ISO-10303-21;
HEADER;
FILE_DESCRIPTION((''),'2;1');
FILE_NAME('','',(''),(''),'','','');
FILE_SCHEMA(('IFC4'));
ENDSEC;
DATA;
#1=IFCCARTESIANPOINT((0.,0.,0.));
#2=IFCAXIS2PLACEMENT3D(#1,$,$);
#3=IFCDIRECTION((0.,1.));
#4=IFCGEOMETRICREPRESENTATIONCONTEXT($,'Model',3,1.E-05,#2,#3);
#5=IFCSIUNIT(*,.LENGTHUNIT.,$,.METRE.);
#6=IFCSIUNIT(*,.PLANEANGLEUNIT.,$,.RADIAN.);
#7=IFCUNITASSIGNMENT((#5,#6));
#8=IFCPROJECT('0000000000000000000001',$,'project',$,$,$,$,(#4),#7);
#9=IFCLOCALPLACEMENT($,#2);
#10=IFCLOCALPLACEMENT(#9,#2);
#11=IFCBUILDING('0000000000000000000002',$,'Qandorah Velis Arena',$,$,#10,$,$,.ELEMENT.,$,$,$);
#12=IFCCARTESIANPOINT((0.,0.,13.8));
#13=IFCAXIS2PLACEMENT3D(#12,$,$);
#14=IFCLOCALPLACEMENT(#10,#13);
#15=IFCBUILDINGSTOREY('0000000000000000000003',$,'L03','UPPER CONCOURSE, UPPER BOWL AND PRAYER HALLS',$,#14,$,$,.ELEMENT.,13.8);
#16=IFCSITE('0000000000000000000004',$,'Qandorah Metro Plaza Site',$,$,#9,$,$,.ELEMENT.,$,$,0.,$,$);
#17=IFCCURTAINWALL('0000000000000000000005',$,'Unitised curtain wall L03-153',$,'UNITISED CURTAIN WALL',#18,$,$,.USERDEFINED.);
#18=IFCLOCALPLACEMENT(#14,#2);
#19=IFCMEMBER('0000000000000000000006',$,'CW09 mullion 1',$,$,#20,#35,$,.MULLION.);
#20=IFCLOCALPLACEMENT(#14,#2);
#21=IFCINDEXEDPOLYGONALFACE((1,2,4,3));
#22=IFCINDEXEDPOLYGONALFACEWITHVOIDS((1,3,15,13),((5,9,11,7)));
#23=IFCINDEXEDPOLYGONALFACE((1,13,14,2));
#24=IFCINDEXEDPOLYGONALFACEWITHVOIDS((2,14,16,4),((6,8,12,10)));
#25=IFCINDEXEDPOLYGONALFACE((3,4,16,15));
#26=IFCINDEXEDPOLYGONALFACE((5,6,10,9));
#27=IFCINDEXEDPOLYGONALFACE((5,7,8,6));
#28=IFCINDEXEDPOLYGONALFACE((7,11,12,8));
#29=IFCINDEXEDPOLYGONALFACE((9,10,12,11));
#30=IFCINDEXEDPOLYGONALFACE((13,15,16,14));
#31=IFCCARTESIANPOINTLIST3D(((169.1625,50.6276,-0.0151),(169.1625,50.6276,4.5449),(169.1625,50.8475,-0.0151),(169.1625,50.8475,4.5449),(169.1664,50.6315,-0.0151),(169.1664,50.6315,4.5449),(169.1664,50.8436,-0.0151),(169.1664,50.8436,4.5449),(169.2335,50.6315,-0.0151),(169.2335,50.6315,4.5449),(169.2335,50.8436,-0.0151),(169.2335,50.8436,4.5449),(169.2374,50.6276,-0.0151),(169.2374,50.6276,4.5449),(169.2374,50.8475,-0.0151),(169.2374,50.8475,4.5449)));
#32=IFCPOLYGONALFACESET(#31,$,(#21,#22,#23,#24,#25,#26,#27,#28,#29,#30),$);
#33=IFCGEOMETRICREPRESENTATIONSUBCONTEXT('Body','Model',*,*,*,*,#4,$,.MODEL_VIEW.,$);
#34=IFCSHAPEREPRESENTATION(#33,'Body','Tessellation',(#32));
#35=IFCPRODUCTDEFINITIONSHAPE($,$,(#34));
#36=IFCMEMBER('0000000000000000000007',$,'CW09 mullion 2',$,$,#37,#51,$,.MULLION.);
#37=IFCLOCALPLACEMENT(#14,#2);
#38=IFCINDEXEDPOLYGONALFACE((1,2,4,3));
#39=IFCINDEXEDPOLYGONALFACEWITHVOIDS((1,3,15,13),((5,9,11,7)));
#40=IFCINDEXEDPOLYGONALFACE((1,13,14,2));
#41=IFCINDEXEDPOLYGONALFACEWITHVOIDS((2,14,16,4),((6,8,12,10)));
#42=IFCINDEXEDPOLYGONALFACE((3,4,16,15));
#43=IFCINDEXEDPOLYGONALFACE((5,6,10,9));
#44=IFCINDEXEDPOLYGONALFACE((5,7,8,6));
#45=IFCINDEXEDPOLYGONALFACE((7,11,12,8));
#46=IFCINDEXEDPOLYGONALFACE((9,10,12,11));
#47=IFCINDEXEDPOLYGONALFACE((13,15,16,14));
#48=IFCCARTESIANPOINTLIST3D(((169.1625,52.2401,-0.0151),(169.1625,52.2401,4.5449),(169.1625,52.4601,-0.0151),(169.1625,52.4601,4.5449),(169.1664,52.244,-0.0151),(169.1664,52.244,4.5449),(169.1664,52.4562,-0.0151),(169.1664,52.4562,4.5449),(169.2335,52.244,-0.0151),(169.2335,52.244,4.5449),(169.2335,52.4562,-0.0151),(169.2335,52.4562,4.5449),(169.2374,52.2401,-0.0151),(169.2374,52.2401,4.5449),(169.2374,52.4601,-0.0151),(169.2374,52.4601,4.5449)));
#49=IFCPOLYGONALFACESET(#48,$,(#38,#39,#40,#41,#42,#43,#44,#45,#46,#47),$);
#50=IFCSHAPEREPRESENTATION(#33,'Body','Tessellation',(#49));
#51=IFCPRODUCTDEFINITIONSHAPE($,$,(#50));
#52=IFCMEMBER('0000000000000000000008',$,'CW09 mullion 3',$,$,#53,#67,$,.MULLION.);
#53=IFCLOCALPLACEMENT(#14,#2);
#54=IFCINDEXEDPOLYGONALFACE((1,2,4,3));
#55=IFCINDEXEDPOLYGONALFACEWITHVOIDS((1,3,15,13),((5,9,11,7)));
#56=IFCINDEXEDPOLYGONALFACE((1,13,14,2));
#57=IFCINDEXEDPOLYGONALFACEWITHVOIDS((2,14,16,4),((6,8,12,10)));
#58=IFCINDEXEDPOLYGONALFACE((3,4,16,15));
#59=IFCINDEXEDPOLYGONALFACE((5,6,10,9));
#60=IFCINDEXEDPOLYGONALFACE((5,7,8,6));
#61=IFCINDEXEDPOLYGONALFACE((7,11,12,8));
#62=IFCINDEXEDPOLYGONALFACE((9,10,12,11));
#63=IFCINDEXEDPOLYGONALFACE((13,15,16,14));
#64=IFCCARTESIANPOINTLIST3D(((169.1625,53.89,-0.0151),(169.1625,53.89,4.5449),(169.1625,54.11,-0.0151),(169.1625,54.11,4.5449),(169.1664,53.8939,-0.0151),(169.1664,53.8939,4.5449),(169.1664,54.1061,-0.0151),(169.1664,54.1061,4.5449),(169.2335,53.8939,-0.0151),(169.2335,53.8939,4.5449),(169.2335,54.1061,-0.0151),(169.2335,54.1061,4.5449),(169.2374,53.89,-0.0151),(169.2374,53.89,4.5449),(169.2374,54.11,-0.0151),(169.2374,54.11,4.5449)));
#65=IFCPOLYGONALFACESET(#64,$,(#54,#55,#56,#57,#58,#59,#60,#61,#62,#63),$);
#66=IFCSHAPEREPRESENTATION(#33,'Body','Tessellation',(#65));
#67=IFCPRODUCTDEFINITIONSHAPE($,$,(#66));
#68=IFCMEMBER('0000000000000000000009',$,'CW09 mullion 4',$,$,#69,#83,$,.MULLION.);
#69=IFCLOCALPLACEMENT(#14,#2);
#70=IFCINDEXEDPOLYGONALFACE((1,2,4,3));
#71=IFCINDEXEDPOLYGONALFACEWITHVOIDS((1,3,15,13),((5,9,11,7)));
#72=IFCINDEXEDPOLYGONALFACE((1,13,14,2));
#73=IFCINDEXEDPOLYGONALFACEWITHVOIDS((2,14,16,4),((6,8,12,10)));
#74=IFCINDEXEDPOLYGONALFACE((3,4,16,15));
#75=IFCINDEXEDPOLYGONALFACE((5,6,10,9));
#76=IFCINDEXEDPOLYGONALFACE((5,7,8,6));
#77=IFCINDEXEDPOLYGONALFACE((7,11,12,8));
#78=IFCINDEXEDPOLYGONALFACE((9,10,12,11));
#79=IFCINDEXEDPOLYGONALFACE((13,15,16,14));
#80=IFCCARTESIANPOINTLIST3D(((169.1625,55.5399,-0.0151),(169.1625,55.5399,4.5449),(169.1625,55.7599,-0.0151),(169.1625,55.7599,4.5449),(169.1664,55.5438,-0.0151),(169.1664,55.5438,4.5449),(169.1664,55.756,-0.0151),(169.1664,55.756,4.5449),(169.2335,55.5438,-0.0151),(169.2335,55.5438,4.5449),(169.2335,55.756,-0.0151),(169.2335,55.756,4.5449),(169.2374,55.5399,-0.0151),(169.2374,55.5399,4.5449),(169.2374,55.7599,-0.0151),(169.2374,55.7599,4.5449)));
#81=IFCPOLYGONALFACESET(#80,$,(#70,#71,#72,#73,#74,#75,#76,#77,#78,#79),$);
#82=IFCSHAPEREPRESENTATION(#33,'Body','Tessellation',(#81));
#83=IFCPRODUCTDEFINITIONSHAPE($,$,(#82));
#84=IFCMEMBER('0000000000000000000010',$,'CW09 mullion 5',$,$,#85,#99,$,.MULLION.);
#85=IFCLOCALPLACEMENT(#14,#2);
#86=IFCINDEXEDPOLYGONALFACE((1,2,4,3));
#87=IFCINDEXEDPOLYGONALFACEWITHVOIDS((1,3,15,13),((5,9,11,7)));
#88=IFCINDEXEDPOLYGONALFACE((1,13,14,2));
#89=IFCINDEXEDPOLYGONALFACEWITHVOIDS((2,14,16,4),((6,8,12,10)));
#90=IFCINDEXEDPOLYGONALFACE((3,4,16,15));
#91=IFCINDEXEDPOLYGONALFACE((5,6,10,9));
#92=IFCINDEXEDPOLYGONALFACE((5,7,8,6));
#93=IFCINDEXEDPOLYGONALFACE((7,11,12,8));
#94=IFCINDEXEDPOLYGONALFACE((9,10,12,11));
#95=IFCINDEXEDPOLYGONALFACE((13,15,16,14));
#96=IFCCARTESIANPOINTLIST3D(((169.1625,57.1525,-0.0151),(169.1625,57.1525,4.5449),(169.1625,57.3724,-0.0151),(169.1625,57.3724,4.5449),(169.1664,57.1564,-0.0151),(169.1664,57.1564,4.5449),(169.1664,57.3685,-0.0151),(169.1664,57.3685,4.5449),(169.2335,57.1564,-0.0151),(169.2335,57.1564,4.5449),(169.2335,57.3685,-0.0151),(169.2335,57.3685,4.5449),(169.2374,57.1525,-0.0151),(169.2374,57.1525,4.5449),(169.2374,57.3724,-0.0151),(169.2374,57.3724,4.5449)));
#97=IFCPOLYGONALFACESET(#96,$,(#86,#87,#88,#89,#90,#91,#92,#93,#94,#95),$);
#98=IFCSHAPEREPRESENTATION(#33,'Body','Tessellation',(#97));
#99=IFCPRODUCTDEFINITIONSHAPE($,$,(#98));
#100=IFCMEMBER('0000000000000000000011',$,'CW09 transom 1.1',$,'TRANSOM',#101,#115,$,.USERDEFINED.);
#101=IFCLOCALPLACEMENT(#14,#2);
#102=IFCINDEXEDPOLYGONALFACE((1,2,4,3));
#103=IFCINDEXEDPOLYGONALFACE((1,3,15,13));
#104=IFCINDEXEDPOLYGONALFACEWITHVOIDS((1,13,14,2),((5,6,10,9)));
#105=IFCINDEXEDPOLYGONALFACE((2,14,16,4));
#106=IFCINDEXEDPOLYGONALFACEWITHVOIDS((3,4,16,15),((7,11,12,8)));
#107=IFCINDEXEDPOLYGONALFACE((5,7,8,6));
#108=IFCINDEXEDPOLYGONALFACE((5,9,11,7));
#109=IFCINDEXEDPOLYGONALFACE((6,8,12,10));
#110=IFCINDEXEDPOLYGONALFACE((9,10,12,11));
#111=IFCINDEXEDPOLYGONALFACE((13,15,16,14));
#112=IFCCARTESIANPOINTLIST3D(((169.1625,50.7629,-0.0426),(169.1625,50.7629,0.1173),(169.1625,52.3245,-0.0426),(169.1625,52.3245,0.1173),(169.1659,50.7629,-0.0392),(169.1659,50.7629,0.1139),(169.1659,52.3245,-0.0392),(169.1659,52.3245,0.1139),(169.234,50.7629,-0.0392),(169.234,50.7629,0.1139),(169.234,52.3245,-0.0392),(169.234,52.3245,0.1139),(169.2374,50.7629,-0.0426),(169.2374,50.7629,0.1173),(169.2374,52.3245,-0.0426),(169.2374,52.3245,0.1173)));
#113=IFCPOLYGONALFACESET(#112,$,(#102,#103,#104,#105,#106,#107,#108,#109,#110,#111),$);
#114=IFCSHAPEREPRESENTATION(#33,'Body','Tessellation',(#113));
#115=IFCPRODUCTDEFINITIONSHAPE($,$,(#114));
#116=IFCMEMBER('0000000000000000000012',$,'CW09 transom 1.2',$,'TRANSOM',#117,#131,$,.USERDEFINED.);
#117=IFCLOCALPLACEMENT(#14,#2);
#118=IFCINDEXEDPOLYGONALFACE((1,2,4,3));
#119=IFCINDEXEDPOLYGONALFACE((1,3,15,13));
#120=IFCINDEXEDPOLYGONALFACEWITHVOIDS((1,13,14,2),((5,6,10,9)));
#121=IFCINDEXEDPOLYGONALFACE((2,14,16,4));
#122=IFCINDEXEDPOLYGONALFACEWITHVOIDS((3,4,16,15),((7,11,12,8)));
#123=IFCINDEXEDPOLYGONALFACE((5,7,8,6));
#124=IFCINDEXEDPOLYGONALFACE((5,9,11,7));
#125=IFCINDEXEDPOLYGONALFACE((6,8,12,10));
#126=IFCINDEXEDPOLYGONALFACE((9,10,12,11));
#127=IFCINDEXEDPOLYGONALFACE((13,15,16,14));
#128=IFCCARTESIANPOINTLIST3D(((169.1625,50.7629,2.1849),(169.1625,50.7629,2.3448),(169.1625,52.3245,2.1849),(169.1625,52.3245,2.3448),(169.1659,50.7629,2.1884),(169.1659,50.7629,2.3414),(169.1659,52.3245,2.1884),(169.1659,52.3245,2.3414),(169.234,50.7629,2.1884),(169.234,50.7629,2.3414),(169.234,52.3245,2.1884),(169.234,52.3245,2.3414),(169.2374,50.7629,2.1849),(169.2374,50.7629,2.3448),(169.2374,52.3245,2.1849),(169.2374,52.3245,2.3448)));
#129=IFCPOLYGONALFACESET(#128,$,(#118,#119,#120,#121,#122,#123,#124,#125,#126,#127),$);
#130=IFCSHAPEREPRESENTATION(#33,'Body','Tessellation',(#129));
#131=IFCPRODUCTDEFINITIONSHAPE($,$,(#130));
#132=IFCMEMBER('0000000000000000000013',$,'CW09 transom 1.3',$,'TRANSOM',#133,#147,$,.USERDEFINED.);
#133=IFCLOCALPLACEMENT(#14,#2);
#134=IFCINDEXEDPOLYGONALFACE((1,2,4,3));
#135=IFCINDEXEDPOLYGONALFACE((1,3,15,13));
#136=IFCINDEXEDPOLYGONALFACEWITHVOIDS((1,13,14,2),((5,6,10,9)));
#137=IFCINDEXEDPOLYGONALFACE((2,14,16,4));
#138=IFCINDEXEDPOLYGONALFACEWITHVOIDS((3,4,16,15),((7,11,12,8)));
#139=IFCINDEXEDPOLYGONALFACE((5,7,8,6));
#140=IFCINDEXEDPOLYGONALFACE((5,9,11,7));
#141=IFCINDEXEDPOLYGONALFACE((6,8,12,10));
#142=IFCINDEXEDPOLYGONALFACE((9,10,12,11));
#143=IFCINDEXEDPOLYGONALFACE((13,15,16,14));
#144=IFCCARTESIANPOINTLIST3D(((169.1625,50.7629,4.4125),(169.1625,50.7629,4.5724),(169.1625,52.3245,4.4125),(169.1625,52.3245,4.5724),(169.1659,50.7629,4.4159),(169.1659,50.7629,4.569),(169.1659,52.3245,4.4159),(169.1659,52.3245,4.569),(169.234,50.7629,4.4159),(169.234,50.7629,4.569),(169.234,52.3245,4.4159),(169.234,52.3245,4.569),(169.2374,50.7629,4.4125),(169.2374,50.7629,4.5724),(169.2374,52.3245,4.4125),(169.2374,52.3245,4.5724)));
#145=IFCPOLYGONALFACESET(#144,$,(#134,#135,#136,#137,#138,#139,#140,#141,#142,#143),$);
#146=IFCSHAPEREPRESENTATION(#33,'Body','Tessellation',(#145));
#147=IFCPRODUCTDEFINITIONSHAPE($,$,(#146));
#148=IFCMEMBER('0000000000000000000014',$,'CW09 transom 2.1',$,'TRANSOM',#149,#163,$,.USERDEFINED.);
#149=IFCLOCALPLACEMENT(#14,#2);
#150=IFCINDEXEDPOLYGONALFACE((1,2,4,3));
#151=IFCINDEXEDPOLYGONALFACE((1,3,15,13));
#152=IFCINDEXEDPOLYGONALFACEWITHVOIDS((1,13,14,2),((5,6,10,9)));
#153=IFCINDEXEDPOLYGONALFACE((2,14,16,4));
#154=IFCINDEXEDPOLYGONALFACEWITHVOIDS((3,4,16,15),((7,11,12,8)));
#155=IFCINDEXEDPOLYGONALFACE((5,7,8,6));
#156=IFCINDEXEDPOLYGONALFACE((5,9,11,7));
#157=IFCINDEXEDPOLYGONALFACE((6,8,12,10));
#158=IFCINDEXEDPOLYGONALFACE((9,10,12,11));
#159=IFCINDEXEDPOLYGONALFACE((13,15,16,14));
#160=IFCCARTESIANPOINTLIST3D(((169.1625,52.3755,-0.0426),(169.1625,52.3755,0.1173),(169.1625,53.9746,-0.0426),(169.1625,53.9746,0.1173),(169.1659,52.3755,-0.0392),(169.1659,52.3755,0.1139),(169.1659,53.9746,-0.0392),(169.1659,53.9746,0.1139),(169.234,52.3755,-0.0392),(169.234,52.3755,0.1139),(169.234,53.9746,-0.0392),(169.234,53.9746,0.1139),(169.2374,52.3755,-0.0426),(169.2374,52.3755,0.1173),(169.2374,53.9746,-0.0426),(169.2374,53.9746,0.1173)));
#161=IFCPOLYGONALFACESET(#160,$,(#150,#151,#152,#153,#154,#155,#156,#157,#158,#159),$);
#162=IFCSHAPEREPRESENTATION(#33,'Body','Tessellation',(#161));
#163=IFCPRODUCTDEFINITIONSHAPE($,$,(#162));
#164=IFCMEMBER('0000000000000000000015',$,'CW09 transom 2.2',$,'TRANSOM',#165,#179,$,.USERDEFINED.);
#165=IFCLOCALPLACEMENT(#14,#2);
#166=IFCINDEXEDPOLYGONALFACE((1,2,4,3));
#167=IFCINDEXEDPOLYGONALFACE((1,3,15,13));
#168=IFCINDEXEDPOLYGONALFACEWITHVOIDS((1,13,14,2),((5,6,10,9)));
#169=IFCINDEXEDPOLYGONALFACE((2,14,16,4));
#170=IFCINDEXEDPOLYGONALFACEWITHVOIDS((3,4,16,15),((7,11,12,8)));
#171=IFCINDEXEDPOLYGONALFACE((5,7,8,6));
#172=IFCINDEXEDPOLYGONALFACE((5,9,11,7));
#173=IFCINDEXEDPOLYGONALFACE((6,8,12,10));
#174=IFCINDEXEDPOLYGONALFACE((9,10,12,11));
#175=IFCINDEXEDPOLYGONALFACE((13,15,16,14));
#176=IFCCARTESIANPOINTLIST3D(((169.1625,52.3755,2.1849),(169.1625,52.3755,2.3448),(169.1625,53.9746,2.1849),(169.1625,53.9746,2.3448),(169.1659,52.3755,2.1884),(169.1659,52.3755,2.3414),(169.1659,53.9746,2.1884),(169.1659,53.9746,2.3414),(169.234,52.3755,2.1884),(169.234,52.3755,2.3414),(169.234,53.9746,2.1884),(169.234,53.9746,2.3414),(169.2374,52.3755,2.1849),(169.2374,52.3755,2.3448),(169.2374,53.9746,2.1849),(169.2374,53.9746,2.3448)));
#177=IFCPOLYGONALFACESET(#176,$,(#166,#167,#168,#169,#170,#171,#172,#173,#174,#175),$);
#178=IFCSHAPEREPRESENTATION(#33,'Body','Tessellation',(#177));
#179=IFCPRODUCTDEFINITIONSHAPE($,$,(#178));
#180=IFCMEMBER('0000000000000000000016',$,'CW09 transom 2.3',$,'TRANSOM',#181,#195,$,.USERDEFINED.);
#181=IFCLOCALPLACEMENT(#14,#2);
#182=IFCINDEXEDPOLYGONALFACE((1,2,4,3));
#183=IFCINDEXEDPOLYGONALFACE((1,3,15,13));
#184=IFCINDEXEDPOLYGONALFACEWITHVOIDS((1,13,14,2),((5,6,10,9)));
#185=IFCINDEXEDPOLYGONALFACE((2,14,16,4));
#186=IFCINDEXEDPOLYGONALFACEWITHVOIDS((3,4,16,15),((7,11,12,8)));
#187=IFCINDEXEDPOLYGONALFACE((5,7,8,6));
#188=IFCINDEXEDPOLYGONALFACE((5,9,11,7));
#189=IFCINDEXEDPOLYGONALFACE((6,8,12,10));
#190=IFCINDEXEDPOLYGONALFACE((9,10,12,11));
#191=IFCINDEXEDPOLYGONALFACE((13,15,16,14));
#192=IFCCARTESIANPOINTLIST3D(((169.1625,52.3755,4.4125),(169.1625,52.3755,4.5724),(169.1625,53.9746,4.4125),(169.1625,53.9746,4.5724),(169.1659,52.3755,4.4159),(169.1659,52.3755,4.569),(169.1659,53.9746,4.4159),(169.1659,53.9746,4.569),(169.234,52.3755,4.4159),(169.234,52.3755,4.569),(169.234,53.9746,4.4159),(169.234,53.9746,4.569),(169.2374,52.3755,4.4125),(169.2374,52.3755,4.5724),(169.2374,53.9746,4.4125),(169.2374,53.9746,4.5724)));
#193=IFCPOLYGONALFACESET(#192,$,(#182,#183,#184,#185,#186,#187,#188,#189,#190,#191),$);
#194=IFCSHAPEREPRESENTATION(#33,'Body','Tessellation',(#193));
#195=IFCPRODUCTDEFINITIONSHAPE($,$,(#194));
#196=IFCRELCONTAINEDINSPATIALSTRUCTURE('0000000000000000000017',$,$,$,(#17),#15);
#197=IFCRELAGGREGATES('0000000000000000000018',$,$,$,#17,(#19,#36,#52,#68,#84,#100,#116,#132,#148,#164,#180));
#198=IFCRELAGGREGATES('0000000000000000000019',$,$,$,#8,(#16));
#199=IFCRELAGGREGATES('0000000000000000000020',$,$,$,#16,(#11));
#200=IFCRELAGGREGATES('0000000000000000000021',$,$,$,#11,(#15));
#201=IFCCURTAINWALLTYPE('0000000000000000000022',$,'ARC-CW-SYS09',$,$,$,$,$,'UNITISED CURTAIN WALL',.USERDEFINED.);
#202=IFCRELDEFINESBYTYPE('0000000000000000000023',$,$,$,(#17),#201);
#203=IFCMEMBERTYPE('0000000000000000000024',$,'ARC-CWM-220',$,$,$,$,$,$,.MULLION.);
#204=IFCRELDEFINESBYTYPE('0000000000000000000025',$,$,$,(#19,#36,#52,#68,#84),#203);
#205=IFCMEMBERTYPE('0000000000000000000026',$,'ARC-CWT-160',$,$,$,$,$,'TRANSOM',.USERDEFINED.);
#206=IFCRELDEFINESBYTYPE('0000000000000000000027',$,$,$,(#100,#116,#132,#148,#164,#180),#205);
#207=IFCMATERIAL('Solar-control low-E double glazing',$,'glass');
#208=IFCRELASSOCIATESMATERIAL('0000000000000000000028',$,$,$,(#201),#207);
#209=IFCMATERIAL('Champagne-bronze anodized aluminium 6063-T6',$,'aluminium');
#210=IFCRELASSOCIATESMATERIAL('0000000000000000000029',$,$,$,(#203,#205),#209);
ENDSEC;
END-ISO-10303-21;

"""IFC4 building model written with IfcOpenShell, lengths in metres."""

from ifc_helpers import new_model, si_unit, direction, frame, origin, origin_2d, place, context, subcontext, project, spatial, hollow_rectangle, extrude, material, material_profile, profile_set, type_object, element, aggregate, save


model = new_model("IFC4")

# Units and contexts
model_context = context("Model", 3, precision=1e-05, world=origin(), true_north=direction((0.0, 1.0)))
body_context = subcontext(model_context, "Body", "Model", "MODEL_VIEW")
ifc_project = project(units=[si_unit("LENGTHUNIT", "METRE"), si_unit("PLANEANGLEUNIT", "RADIAN")], contexts=[model_context])

# Site, building, storey
site_placement = place(None, origin())
site = spatial("IfcSite", under=ifc_project, at=site_placement, Name="Qandorah Metro Plaza Site", CompositionType="ELEMENT", RefElevation=0.0)
building_placement = place(site_placement, origin())
building = spatial("IfcBuilding", under=site, at=building_placement, Name="Qandorah Velis Arena", CompositionType="ELEMENT")
storey_placement = place(building_placement, frame((0.0, 0.0, 13.8)))
storey = spatial("IfcBuildingStorey", under=building, at=storey_placement, Name="L03", Description="UPPER CONCOURSE, UPPER BOWL AND PRAYER HALLS", CompositionType="ELEMENT", Elevation=13.8)

# Curtain wall, members
ifc_material_1 = material(Name="Solar-control low-E double glazing", Category="glass")
curtain_wall_type = type_object("IfcCurtainWallType", Name="ARC-CW-SYS09", ElementType="UNITISED CURTAIN WALL", PredefinedType="USERDEFINED", material=ifc_material_1)
curtain_wall_placement = place(storey_placement, origin())
curtain_wall = element("IfcCurtainWall", 1, at=curtain_wall_placement, inside=storey, type_object=curtain_wall_type, Name="Unitised curtain wall L03-153", ObjectType="UNITISED CURTAIN WALL", PredefinedType="USERDEFINED")
ifc_material_2 = material(Name="Champagne-bronze anodized aluminium 6063-T6", Category="aluminium")
ifc_material_profile_1 = material_profile(ifc_material_2, hollow_rectangle(XDim=0.075, YDim=0.22, WallThickness=0.0039, at=origin_2d()), Name="ALU MULLION 75x220")
ifc_profile_set_1 = profile_set([ifc_material_profile_1], Name="Champagne-bronze anodized aluminium 6063-T6")
member_type_1 = type_object("IfcMemberType", Name="ARC-CWM-220", PredefinedType="MULLION", material=ifc_profile_set_1)
member_1_placement = place(storey_placement, frame((169.2, 50.7375, -0.0151), z_axis=(0.0, 0.0, 1.0), x_axis=(-1.0, 0.0, 0.0)))
member_1 = element("IfcMember", 2, at=member_1_placement, type_object=member_type_1, Name="CW09 mullion 1", PredefinedType="MULLION", context=body_context, shape_type="SweptSolid", body=[
    extrude(hollow_rectangle(XDim=0.075, YDim=0.22, WallThickness=0.0039, at=origin_2d()), origin(), (0.0, 0.0, 1.0), 4.5601),
])
member_2_placement = place(storey_placement, frame((169.2, 52.3501, -0.0151), z_axis=(0.0, 0.0, 1.0), x_axis=(-1.0, 0.0, 0.0)))
member_2 = element("IfcMember", 3, at=member_2_placement, type_object=member_type_1, Name="CW09 mullion 2", PredefinedType="MULLION", context=body_context, shape_type="SweptSolid", body=[
    extrude(hollow_rectangle(XDim=0.075, YDim=0.22, WallThickness=0.0039, at=origin_2d()), origin(), (0.0, 0.0, 1.0), 4.5601),
])
member_3_placement = place(storey_placement, frame((169.2, 54.0, -0.0151), z_axis=(0.0, 0.0, 1.0), x_axis=(-1.0, 0.0, 0.0)))
member_3 = element("IfcMember", 4, at=member_3_placement, type_object=member_type_1, Name="CW09 mullion 3", PredefinedType="MULLION", context=body_context, shape_type="SweptSolid", body=[
    extrude(hollow_rectangle(XDim=0.075, YDim=0.22, WallThickness=0.0039, at=origin_2d()), origin(), (0.0, 0.0, 1.0), 4.5601),
])
member_4_placement = place(storey_placement, frame((169.2, 55.6499, -0.0151), z_axis=(0.0, 0.0, 1.0), x_axis=(-1.0, 0.0, 0.0)))
member_4 = element("IfcMember", 5, at=member_4_placement, type_object=member_type_1, Name="CW09 mullion 4", PredefinedType="MULLION", context=body_context, shape_type="SweptSolid", body=[
    extrude(hollow_rectangle(XDim=0.075, YDim=0.22, WallThickness=0.0039, at=origin_2d()), origin(), (0.0, 0.0, 1.0), 4.5601),
])
member_5_placement = place(storey_placement, frame((169.2, 57.2625, -0.0151), z_axis=(0.0, 0.0, 1.0), x_axis=(-1.0, 0.0, 0.0)))
member_5 = element("IfcMember", 6, at=member_5_placement, type_object=member_type_1, Name="CW09 mullion 5", PredefinedType="MULLION", context=body_context, shape_type="SweptSolid", body=[
    extrude(hollow_rectangle(XDim=0.075, YDim=0.22, WallThickness=0.0039, at=origin_2d()), origin(), (0.0, 0.0, 1.0), 4.5601),
])
ifc_material_profile_2 = material_profile(ifc_material_2, hollow_rectangle(XDim=0.075, YDim=0.1599, WallThickness=0.0034, at=origin_2d()), Name="ALU TRANSOM 75x160")
ifc_profile_set_2 = profile_set([ifc_material_profile_2], Name="Champagne-bronze anodized aluminium 6063-T6")
member_type_2 = type_object("IfcMemberType", Name="ARC-CWT-160", ElementType="TRANSOM", PredefinedType="USERDEFINED", material=ifc_profile_set_2)
member_6_placement = place(storey_placement, frame((169.2, 50.7629, 0.0374), z_axis=(0.0, 1.0, 0.0), x_axis=(-1.0, 0.0, 0.0)))
member_6 = element("IfcMember", 7, at=member_6_placement, type_object=member_type_2, Name="CW09 transom 1.1", ObjectType="TRANSOM", PredefinedType="USERDEFINED", context=body_context, shape_type="SweptSolid", body=[
    extrude(hollow_rectangle(XDim=0.075, YDim=0.1599, WallThickness=0.0034, at=origin_2d()), origin(), (0.0, 0.0, 1.0), 1.5615),
])
member_7_placement = place(storey_placement, frame((169.2, 50.7629, 2.2649), z_axis=(0.0, 1.0, 0.0), x_axis=(-1.0, 0.0, 0.0)))
member_7 = element("IfcMember", 8, at=member_7_placement, type_object=member_type_2, Name="CW09 transom 1.2", ObjectType="TRANSOM", PredefinedType="USERDEFINED", context=body_context, shape_type="SweptSolid", body=[
    extrude(hollow_rectangle(XDim=0.075, YDim=0.1599, WallThickness=0.0034, at=origin_2d()), origin(), (0.0, 0.0, 1.0), 1.5615),
])
member_8_placement = place(storey_placement, frame((169.2, 50.7629, 4.4924), z_axis=(0.0, 1.0, 0.0), x_axis=(-1.0, 0.0, 0.0)))
member_8 = element("IfcMember", 9, at=member_8_placement, type_object=member_type_2, Name="CW09 transom 1.3", ObjectType="TRANSOM", PredefinedType="USERDEFINED", context=body_context, shape_type="SweptSolid", body=[
    extrude(hollow_rectangle(XDim=0.075, YDim=0.1599, WallThickness=0.0034, at=origin_2d()), origin(), (0.0, 0.0, 1.0), 1.5615),
])
member_9_placement = place(storey_placement, frame((169.2, 52.3755, 0.0374), z_axis=(0.0, 1.0, 0.0), x_axis=(-1.0, 0.0, 0.0)))
member_9 = element("IfcMember", 10, at=member_9_placement, type_object=member_type_2, Name="CW09 transom 2.1", ObjectType="TRANSOM", PredefinedType="USERDEFINED", context=body_context, shape_type="SweptSolid", body=[
    extrude(hollow_rectangle(XDim=0.075, YDim=0.1599, WallThickness=0.0034, at=origin_2d()), origin(), (0.0, 0.0, 1.0), 1.5991),
])
member_10_placement = place(storey_placement, frame((169.2, 52.3755, 2.2649), z_axis=(0.0, 1.0, 0.0), x_axis=(-1.0, 0.0, 0.0)))
member_10 = element("IfcMember", 11, at=member_10_placement, type_object=member_type_2, Name="CW09 transom 2.2", ObjectType="TRANSOM", PredefinedType="USERDEFINED", context=body_context, shape_type="SweptSolid", body=[
    extrude(hollow_rectangle(XDim=0.075, YDim=0.1599, WallThickness=0.0034, at=origin_2d()), origin(), (0.0, 0.0, 1.0), 1.5991),
])
member_11_placement = place(storey_placement, frame((169.2, 52.3755, 4.4924), z_axis=(0.0, 1.0, 0.0), x_axis=(-1.0, 0.0, 0.0)))
member_11 = element("IfcMember", 12, at=member_11_placement, type_object=member_type_2, Name="CW09 transom 2.3", ObjectType="TRANSOM", PredefinedType="USERDEFINED", context=body_context, shape_type="SweptSolid", body=[
    extrude(hollow_rectangle(XDim=0.075, YDim=0.1599, WallThickness=0.0034, at=origin_2d()), origin(), (0.0, 0.0, 1.0), 1.5991),
])
aggregate(curtain_wall, [member_1, member_2, member_3, member_4, member_5, member_6, member_7, member_8, member_9, member_10, member_11])

save(model, "model.ifc")
